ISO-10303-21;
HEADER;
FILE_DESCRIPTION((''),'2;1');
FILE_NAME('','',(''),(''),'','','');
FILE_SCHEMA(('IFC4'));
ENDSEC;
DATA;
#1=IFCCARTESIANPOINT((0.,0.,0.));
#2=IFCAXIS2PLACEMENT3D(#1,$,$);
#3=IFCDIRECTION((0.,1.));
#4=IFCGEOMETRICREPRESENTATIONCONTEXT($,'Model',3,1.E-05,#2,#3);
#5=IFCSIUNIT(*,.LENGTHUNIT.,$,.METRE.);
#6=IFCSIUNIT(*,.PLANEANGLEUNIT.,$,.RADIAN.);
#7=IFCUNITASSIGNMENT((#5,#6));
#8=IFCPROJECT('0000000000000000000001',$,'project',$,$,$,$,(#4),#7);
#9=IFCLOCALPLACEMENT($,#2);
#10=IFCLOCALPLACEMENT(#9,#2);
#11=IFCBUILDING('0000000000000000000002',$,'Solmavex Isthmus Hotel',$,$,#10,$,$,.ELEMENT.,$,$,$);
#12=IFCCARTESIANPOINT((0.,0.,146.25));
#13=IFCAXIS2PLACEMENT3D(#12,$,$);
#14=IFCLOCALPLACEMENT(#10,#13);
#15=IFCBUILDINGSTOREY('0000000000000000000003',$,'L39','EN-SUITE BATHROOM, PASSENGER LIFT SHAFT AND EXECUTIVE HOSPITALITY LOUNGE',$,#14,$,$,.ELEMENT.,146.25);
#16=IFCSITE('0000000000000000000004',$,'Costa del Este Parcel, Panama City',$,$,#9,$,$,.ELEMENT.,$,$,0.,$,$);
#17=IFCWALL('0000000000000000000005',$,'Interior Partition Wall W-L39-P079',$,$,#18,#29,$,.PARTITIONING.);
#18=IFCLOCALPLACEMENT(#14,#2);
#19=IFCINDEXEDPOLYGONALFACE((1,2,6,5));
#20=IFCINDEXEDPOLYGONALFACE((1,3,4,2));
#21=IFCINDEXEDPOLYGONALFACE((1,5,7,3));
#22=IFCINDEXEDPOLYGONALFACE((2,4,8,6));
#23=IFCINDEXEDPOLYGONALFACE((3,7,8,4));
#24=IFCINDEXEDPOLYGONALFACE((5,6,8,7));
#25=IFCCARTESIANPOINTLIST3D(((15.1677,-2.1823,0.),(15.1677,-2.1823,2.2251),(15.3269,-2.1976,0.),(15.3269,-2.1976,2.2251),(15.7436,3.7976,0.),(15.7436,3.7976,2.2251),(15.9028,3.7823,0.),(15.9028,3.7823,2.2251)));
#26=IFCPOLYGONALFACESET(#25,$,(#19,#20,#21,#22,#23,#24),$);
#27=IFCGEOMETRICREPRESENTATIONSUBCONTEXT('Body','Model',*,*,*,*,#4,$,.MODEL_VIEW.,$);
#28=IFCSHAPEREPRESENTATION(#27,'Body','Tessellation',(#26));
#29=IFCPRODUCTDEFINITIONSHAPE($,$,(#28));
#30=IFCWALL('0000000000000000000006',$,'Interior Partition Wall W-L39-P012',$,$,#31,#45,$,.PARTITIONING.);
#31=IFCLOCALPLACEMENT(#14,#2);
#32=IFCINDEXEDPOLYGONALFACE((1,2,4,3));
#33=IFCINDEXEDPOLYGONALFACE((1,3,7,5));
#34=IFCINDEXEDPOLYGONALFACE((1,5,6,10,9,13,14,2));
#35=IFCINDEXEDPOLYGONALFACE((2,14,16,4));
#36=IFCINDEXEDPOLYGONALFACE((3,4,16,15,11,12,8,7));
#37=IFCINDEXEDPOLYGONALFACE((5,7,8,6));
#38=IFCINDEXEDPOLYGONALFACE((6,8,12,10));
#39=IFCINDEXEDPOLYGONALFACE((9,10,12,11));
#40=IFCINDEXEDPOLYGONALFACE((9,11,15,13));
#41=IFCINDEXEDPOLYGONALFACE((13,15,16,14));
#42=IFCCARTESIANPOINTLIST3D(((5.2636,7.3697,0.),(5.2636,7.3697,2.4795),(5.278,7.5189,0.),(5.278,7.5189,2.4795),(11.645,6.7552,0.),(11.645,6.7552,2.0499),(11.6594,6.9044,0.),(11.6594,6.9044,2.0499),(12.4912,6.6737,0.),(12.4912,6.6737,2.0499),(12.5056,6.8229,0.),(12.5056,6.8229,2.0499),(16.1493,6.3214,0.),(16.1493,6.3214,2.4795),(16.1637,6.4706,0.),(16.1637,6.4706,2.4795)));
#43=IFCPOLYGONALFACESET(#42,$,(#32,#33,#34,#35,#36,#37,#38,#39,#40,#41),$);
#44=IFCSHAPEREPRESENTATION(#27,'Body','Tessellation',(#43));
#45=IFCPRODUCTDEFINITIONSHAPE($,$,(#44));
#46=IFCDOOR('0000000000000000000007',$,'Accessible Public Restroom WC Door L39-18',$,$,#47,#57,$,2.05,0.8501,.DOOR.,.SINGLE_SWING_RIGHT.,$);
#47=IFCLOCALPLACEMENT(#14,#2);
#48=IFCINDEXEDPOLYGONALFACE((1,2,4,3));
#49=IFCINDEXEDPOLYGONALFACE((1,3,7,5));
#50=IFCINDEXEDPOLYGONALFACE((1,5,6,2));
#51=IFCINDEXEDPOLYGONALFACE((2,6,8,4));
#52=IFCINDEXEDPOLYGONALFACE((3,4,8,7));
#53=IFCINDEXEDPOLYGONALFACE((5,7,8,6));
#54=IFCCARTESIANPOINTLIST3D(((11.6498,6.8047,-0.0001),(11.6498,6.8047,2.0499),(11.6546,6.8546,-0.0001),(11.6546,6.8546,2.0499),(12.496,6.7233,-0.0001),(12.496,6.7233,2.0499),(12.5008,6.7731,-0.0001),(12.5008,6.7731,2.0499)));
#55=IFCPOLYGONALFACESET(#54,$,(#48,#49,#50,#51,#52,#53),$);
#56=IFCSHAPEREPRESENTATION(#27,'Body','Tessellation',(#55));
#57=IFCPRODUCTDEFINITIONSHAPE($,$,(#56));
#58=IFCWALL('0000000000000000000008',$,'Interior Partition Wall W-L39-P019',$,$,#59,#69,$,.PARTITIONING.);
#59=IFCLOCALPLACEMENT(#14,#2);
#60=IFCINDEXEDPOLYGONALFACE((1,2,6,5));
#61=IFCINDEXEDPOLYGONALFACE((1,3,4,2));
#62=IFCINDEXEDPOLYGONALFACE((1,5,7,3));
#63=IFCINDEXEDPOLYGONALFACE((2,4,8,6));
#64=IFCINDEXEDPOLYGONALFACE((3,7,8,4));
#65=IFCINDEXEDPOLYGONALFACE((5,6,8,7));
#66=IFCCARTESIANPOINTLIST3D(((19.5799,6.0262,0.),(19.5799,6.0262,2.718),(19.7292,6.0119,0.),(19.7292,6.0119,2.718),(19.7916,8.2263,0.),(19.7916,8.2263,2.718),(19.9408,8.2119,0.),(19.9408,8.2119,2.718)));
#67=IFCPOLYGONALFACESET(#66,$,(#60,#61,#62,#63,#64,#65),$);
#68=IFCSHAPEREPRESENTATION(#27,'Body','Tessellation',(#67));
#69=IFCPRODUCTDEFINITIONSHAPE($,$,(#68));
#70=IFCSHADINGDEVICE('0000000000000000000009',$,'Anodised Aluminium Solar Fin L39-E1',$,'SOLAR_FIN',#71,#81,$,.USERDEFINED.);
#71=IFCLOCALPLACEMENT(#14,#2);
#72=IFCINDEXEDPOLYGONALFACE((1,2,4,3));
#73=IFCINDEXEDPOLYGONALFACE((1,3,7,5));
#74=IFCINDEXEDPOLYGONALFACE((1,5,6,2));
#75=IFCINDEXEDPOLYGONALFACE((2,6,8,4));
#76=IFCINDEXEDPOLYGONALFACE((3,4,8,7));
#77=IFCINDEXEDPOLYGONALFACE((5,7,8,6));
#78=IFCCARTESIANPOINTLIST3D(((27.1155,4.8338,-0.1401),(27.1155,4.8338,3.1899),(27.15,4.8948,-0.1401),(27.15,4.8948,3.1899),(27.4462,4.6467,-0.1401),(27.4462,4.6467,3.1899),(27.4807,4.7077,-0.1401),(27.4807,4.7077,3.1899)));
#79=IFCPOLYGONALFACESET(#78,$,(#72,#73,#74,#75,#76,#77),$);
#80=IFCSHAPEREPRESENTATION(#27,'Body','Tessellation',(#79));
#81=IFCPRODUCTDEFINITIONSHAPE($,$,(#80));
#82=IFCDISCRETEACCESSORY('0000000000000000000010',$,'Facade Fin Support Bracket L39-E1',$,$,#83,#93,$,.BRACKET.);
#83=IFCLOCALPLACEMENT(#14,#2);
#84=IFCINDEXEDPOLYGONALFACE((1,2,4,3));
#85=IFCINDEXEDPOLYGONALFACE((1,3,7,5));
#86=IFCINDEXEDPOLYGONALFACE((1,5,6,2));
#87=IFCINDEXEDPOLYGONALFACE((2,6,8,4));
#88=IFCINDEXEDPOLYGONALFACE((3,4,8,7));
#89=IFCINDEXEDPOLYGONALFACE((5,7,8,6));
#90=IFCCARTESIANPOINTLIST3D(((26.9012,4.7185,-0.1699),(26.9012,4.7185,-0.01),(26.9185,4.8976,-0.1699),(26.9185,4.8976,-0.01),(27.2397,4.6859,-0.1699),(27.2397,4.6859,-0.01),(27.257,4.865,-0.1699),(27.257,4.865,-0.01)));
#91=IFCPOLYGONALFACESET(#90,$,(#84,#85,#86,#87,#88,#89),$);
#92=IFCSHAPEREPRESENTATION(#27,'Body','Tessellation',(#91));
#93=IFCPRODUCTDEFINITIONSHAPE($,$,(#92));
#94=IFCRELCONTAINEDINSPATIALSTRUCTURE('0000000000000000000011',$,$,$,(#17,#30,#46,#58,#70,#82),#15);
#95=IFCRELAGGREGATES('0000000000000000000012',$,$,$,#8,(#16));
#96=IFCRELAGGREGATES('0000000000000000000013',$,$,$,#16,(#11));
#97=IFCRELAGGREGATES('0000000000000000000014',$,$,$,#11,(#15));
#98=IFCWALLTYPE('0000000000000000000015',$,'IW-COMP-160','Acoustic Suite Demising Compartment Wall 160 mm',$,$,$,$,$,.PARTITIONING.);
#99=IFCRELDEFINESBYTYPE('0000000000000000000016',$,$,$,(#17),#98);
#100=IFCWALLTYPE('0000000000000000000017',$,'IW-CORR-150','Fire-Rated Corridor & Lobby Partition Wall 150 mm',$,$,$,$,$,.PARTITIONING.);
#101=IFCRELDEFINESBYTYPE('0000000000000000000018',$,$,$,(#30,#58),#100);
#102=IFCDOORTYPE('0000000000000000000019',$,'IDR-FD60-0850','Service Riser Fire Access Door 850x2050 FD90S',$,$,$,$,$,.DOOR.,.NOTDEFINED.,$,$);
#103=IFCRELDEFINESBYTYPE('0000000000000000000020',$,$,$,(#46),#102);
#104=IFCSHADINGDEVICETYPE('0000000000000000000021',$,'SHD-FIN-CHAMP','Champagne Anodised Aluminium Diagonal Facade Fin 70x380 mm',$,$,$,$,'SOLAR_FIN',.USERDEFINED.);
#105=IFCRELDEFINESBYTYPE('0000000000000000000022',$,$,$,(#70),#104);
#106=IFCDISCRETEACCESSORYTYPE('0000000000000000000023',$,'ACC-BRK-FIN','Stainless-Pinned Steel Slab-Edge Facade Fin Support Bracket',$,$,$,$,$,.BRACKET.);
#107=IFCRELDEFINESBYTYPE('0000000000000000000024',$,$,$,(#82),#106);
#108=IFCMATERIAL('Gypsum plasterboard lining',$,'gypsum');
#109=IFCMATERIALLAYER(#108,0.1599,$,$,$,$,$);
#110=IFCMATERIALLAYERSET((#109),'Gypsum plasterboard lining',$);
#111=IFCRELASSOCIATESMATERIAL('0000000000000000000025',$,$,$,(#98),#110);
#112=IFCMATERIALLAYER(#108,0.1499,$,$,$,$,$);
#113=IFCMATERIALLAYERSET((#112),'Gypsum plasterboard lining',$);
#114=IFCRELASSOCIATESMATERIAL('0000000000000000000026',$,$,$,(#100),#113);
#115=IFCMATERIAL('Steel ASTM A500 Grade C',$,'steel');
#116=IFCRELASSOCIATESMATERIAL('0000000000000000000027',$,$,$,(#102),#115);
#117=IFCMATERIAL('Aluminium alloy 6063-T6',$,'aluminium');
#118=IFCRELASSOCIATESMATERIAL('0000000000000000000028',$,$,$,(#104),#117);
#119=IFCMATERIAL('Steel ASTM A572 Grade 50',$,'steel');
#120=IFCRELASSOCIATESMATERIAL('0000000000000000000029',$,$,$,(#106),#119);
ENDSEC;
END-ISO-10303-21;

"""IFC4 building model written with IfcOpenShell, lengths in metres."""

from ifc_helpers import new_model, si_unit, direction, frame, frame_2d, origin, origin_2d, place, context, subcontext, project, spatial, rectangle, extrude, material, layer, layer_set, type_object, element, fill, save


model = new_model("IFC4")

# Units and contexts
model_context = context("Model", 3, precision=1e-05, world=origin(), true_north=direction((0.0, 1.0)))
body_context = subcontext(model_context, "Body", "Model", "MODEL_VIEW")
ifc_project = project(units=[si_unit("LENGTHUNIT", "METRE"), si_unit("PLANEANGLEUNIT", "RADIAN")], contexts=[model_context])

# Site, building, storey
site_placement = place(None, origin())
site = spatial("IfcSite", under=ifc_project, at=site_placement, Name="Costa del Este Parcel, Panama City", CompositionType="ELEMENT", RefElevation=0.0)
building_placement = place(site_placement, origin())
building = spatial("IfcBuilding", under=site, at=building_placement, Name="Solmavex Isthmus Hotel", CompositionType="ELEMENT")
storey_placement = place(building_placement, frame((0.0, 0.0, 146.25)))
storey = spatial("IfcBuildingStorey", under=building, at=storey_placement, Name="L39", Description="EN-SUITE BATHROOM, PASSENGER LIFT SHAFT AND EXECUTIVE HOSPITALITY LOUNGE", CompositionType="ELEMENT", Elevation=146.25)

# Shared definitions
ifc_material_1 = material(Name="Aluminium alloy 6063-T6", Category="aluminium")

# Wall
ifc_material_2 = material(Name="Gypsum plasterboard lining", Category="gypsum")
ifc_layer_1 = layer(ifc_material_2, 0.1599)
ifc_layer_set_1 = layer_set([ifc_layer_1], Name="Gypsum plasterboard lining")
wall_type_1 = type_object("IfcWallType", Name="IW-COMP-160", Description="Acoustic Suite Demising Compartment Wall 160 mm", PredefinedType="PARTITIONING", material=ifc_layer_set_1)
wall_1_placement = place(storey_placement, frame((15.8232, 3.79, 0.0), z_axis=(0.0, 0.0, 1.0), x_axis=(-0.095866, -0.995394, 0.0)))
element("IfcWall", 1, at=wall_1_placement, inside=storey, type_object=wall_type_1, Name="Interior Partition Wall W-L39-P079", PredefinedType="PARTITIONING", context=body_context, shape_type="SweptSolid", body=[
    extrude(rectangle(XDim=6.0076, YDim=0.1599, at=frame_2d((3.0039, 0.0))), origin(), (0.0, 0.0, 1.0), 2.2251),
])

# Wall, opening, door
ifc_layer_2 = layer(ifc_material_2, 0.1499)
ifc_layer_set_2 = layer_set([ifc_layer_2], Name="Gypsum plasterboard lining")
wall_type_2 = type_object("IfcWallType", Name="IW-CORR-150", Description="Fire-Rated Corridor & Lobby Partition Wall 150 mm", PredefinedType="PARTITIONING", material=ifc_layer_set_2)
wall_2_placement = place(storey_placement, frame((16.1565, 6.396, 0.0), z_axis=(0.0, 0.0, 1.0), x_axis=(-0.995395, 0.09586, 0.0)))
wall_2 = element("IfcWall", 2, at=wall_2_placement, inside=storey, type_object=wall_type_2, Name="Interior Partition Wall W-L39-P012", PredefinedType="PARTITIONING", context=body_context, shape_type="SweptSolid", body=[
    extrude(rectangle(XDim=10.936, YDim=0.1499, at=frame_2d((5.468, 0.0))), origin(), (0.0, 0.0, 1.0), 2.4795),
])
opening_1_placement = place(wall_2_placement, frame((3.675, 0.0, 0.0)))
opening_1 = element("IfcOpeningElement", 3, at=opening_1_placement, cuts=wall_2, PredefinedType="OPENING", context=body_context, shape_type="SweptSolid", body=[
    extrude(rectangle(XDim=0.8501, YDim=2.05, at=frame_2d((0.425, 1.0249))), frame((0.0, 0.085, 0.0), z_axis=(0.0, -1.0, 0.0), x_axis=(1.0, 0.0, 0.0)), (0.0, 0.0, 1.0), 0.1699),
])
ifc_material_3 = material(Name="Steel ASTM A500 Grade C", Category="steel")
door_type_1 = type_object("IfcDoorType", Name="IDR-FD60-0850", Description="Service Riser Fire Access Door 850x2050 FD90S", OperationType="NOTDEFINED", PredefinedType="DOOR", material=ifc_material_3)
door_1_placement = place(opening_1_placement, frame((0.8501, 0.0, 0.0), z_axis=(0.0, 0.0, 1.0), x_axis=(-1.0, 0.0, 0.0)))
door_1 = element("IfcDoor", 4, at=door_1_placement, inside=storey, type_object=door_type_1, Name="Accessible Public Restroom WC Door L39-18", OperationType="SINGLE_SWING_RIGHT", OverallHeight=2.05, OverallWidth=0.8501, PredefinedType="DOOR", context=body_context, shape_type="SweptSolid", body=[
    extrude(rectangle(XDim=0.8501, YDim=2.05, at=frame_2d((0.425, 1.0249))), frame((0.0, 0.0249, 0.0), z_axis=(0.0, -1.0, 0.0), x_axis=(1.0, 0.0, 0.0)), (0.0, 0.0, 1.0), 0.05),
])
fill(opening_1, door_1)

# Wall
wall_3_placement = place(storey_placement, frame((19.8662, 8.219, 0.0), z_axis=(0.0, 0.0, 1.0), x_axis=(-0.095773, -0.995403, 0.0)))
element("IfcWall", 5, at=wall_3_placement, inside=storey, type_object=wall_type_2, Name="Interior Partition Wall W-L39-P019", PredefinedType="PARTITIONING", context=body_context, shape_type="SweptSolid", body=[
    extrude(rectangle(XDim=2.2102, YDim=0.1499, at=frame_2d((1.105, 0.0))), origin(), (0.0, 0.0, 1.0), 2.718),
])

# Shading device
shading_device_type = type_object("IfcShadingDeviceType", Name="SHD-FIN-CHAMP", Description="Champagne Anodised Aluminium Diagonal Facade Fin 70x380 mm", ElementType="SOLAR_FIN", PredefinedType="USERDEFINED", material=ifc_material_1)
shading_device_placement = place(storey_placement, frame((27.2981, 4.7708, -0.1401), z_axis=(0.0, 0.0, 1.0), x_axis=(0.870356, -0.492424, 0.0)))
element("IfcShadingDevice", 6, at=shading_device_placement, inside=storey, type_object=shading_device_type, Name="Anodised Aluminium Solar Fin L39-E1", ObjectType="SOLAR_FIN", PredefinedType="USERDEFINED", context=body_context, shape_type="SweptSolid", body=[
    extrude(rectangle(XDim=0.3799, YDim=0.0701, at=origin_2d()), origin(), (0.0, 0.0, 1.0), 3.3301),
])

# Discrete accessory
ifc_material_4 = material(Name="Steel ASTM A572 Grade 50", Category="steel")
discrete_accessory_type = type_object("IfcDiscreteAccessoryType", Name="ACC-BRK-FIN", Description="Stainless-Pinned Steel Slab-Edge Facade Fin Support Bracket", PredefinedType="BRACKET", material=ifc_material_4)
discrete_accessory_placement = place(storey_placement, frame((27.0791, 4.7917, -0.1699), z_axis=(0.0, 0.0, 1.0), x_axis=(0.995396, -0.095846, 0.0)))
element("IfcDiscreteAccessory", 7, at=discrete_accessory_placement, inside=storey, type_object=discrete_accessory_type, Name="Facade Fin Support Bracket L39-E1", PredefinedType="BRACKET", context=body_context, shape_type="SweptSolid", body=[
    extrude(rectangle(XDim=0.3401, YDim=0.1799, at=origin_2d()), origin(), (0.0, 0.0, 1.0), 0.1599),
])

save(model, "model.ifc")
